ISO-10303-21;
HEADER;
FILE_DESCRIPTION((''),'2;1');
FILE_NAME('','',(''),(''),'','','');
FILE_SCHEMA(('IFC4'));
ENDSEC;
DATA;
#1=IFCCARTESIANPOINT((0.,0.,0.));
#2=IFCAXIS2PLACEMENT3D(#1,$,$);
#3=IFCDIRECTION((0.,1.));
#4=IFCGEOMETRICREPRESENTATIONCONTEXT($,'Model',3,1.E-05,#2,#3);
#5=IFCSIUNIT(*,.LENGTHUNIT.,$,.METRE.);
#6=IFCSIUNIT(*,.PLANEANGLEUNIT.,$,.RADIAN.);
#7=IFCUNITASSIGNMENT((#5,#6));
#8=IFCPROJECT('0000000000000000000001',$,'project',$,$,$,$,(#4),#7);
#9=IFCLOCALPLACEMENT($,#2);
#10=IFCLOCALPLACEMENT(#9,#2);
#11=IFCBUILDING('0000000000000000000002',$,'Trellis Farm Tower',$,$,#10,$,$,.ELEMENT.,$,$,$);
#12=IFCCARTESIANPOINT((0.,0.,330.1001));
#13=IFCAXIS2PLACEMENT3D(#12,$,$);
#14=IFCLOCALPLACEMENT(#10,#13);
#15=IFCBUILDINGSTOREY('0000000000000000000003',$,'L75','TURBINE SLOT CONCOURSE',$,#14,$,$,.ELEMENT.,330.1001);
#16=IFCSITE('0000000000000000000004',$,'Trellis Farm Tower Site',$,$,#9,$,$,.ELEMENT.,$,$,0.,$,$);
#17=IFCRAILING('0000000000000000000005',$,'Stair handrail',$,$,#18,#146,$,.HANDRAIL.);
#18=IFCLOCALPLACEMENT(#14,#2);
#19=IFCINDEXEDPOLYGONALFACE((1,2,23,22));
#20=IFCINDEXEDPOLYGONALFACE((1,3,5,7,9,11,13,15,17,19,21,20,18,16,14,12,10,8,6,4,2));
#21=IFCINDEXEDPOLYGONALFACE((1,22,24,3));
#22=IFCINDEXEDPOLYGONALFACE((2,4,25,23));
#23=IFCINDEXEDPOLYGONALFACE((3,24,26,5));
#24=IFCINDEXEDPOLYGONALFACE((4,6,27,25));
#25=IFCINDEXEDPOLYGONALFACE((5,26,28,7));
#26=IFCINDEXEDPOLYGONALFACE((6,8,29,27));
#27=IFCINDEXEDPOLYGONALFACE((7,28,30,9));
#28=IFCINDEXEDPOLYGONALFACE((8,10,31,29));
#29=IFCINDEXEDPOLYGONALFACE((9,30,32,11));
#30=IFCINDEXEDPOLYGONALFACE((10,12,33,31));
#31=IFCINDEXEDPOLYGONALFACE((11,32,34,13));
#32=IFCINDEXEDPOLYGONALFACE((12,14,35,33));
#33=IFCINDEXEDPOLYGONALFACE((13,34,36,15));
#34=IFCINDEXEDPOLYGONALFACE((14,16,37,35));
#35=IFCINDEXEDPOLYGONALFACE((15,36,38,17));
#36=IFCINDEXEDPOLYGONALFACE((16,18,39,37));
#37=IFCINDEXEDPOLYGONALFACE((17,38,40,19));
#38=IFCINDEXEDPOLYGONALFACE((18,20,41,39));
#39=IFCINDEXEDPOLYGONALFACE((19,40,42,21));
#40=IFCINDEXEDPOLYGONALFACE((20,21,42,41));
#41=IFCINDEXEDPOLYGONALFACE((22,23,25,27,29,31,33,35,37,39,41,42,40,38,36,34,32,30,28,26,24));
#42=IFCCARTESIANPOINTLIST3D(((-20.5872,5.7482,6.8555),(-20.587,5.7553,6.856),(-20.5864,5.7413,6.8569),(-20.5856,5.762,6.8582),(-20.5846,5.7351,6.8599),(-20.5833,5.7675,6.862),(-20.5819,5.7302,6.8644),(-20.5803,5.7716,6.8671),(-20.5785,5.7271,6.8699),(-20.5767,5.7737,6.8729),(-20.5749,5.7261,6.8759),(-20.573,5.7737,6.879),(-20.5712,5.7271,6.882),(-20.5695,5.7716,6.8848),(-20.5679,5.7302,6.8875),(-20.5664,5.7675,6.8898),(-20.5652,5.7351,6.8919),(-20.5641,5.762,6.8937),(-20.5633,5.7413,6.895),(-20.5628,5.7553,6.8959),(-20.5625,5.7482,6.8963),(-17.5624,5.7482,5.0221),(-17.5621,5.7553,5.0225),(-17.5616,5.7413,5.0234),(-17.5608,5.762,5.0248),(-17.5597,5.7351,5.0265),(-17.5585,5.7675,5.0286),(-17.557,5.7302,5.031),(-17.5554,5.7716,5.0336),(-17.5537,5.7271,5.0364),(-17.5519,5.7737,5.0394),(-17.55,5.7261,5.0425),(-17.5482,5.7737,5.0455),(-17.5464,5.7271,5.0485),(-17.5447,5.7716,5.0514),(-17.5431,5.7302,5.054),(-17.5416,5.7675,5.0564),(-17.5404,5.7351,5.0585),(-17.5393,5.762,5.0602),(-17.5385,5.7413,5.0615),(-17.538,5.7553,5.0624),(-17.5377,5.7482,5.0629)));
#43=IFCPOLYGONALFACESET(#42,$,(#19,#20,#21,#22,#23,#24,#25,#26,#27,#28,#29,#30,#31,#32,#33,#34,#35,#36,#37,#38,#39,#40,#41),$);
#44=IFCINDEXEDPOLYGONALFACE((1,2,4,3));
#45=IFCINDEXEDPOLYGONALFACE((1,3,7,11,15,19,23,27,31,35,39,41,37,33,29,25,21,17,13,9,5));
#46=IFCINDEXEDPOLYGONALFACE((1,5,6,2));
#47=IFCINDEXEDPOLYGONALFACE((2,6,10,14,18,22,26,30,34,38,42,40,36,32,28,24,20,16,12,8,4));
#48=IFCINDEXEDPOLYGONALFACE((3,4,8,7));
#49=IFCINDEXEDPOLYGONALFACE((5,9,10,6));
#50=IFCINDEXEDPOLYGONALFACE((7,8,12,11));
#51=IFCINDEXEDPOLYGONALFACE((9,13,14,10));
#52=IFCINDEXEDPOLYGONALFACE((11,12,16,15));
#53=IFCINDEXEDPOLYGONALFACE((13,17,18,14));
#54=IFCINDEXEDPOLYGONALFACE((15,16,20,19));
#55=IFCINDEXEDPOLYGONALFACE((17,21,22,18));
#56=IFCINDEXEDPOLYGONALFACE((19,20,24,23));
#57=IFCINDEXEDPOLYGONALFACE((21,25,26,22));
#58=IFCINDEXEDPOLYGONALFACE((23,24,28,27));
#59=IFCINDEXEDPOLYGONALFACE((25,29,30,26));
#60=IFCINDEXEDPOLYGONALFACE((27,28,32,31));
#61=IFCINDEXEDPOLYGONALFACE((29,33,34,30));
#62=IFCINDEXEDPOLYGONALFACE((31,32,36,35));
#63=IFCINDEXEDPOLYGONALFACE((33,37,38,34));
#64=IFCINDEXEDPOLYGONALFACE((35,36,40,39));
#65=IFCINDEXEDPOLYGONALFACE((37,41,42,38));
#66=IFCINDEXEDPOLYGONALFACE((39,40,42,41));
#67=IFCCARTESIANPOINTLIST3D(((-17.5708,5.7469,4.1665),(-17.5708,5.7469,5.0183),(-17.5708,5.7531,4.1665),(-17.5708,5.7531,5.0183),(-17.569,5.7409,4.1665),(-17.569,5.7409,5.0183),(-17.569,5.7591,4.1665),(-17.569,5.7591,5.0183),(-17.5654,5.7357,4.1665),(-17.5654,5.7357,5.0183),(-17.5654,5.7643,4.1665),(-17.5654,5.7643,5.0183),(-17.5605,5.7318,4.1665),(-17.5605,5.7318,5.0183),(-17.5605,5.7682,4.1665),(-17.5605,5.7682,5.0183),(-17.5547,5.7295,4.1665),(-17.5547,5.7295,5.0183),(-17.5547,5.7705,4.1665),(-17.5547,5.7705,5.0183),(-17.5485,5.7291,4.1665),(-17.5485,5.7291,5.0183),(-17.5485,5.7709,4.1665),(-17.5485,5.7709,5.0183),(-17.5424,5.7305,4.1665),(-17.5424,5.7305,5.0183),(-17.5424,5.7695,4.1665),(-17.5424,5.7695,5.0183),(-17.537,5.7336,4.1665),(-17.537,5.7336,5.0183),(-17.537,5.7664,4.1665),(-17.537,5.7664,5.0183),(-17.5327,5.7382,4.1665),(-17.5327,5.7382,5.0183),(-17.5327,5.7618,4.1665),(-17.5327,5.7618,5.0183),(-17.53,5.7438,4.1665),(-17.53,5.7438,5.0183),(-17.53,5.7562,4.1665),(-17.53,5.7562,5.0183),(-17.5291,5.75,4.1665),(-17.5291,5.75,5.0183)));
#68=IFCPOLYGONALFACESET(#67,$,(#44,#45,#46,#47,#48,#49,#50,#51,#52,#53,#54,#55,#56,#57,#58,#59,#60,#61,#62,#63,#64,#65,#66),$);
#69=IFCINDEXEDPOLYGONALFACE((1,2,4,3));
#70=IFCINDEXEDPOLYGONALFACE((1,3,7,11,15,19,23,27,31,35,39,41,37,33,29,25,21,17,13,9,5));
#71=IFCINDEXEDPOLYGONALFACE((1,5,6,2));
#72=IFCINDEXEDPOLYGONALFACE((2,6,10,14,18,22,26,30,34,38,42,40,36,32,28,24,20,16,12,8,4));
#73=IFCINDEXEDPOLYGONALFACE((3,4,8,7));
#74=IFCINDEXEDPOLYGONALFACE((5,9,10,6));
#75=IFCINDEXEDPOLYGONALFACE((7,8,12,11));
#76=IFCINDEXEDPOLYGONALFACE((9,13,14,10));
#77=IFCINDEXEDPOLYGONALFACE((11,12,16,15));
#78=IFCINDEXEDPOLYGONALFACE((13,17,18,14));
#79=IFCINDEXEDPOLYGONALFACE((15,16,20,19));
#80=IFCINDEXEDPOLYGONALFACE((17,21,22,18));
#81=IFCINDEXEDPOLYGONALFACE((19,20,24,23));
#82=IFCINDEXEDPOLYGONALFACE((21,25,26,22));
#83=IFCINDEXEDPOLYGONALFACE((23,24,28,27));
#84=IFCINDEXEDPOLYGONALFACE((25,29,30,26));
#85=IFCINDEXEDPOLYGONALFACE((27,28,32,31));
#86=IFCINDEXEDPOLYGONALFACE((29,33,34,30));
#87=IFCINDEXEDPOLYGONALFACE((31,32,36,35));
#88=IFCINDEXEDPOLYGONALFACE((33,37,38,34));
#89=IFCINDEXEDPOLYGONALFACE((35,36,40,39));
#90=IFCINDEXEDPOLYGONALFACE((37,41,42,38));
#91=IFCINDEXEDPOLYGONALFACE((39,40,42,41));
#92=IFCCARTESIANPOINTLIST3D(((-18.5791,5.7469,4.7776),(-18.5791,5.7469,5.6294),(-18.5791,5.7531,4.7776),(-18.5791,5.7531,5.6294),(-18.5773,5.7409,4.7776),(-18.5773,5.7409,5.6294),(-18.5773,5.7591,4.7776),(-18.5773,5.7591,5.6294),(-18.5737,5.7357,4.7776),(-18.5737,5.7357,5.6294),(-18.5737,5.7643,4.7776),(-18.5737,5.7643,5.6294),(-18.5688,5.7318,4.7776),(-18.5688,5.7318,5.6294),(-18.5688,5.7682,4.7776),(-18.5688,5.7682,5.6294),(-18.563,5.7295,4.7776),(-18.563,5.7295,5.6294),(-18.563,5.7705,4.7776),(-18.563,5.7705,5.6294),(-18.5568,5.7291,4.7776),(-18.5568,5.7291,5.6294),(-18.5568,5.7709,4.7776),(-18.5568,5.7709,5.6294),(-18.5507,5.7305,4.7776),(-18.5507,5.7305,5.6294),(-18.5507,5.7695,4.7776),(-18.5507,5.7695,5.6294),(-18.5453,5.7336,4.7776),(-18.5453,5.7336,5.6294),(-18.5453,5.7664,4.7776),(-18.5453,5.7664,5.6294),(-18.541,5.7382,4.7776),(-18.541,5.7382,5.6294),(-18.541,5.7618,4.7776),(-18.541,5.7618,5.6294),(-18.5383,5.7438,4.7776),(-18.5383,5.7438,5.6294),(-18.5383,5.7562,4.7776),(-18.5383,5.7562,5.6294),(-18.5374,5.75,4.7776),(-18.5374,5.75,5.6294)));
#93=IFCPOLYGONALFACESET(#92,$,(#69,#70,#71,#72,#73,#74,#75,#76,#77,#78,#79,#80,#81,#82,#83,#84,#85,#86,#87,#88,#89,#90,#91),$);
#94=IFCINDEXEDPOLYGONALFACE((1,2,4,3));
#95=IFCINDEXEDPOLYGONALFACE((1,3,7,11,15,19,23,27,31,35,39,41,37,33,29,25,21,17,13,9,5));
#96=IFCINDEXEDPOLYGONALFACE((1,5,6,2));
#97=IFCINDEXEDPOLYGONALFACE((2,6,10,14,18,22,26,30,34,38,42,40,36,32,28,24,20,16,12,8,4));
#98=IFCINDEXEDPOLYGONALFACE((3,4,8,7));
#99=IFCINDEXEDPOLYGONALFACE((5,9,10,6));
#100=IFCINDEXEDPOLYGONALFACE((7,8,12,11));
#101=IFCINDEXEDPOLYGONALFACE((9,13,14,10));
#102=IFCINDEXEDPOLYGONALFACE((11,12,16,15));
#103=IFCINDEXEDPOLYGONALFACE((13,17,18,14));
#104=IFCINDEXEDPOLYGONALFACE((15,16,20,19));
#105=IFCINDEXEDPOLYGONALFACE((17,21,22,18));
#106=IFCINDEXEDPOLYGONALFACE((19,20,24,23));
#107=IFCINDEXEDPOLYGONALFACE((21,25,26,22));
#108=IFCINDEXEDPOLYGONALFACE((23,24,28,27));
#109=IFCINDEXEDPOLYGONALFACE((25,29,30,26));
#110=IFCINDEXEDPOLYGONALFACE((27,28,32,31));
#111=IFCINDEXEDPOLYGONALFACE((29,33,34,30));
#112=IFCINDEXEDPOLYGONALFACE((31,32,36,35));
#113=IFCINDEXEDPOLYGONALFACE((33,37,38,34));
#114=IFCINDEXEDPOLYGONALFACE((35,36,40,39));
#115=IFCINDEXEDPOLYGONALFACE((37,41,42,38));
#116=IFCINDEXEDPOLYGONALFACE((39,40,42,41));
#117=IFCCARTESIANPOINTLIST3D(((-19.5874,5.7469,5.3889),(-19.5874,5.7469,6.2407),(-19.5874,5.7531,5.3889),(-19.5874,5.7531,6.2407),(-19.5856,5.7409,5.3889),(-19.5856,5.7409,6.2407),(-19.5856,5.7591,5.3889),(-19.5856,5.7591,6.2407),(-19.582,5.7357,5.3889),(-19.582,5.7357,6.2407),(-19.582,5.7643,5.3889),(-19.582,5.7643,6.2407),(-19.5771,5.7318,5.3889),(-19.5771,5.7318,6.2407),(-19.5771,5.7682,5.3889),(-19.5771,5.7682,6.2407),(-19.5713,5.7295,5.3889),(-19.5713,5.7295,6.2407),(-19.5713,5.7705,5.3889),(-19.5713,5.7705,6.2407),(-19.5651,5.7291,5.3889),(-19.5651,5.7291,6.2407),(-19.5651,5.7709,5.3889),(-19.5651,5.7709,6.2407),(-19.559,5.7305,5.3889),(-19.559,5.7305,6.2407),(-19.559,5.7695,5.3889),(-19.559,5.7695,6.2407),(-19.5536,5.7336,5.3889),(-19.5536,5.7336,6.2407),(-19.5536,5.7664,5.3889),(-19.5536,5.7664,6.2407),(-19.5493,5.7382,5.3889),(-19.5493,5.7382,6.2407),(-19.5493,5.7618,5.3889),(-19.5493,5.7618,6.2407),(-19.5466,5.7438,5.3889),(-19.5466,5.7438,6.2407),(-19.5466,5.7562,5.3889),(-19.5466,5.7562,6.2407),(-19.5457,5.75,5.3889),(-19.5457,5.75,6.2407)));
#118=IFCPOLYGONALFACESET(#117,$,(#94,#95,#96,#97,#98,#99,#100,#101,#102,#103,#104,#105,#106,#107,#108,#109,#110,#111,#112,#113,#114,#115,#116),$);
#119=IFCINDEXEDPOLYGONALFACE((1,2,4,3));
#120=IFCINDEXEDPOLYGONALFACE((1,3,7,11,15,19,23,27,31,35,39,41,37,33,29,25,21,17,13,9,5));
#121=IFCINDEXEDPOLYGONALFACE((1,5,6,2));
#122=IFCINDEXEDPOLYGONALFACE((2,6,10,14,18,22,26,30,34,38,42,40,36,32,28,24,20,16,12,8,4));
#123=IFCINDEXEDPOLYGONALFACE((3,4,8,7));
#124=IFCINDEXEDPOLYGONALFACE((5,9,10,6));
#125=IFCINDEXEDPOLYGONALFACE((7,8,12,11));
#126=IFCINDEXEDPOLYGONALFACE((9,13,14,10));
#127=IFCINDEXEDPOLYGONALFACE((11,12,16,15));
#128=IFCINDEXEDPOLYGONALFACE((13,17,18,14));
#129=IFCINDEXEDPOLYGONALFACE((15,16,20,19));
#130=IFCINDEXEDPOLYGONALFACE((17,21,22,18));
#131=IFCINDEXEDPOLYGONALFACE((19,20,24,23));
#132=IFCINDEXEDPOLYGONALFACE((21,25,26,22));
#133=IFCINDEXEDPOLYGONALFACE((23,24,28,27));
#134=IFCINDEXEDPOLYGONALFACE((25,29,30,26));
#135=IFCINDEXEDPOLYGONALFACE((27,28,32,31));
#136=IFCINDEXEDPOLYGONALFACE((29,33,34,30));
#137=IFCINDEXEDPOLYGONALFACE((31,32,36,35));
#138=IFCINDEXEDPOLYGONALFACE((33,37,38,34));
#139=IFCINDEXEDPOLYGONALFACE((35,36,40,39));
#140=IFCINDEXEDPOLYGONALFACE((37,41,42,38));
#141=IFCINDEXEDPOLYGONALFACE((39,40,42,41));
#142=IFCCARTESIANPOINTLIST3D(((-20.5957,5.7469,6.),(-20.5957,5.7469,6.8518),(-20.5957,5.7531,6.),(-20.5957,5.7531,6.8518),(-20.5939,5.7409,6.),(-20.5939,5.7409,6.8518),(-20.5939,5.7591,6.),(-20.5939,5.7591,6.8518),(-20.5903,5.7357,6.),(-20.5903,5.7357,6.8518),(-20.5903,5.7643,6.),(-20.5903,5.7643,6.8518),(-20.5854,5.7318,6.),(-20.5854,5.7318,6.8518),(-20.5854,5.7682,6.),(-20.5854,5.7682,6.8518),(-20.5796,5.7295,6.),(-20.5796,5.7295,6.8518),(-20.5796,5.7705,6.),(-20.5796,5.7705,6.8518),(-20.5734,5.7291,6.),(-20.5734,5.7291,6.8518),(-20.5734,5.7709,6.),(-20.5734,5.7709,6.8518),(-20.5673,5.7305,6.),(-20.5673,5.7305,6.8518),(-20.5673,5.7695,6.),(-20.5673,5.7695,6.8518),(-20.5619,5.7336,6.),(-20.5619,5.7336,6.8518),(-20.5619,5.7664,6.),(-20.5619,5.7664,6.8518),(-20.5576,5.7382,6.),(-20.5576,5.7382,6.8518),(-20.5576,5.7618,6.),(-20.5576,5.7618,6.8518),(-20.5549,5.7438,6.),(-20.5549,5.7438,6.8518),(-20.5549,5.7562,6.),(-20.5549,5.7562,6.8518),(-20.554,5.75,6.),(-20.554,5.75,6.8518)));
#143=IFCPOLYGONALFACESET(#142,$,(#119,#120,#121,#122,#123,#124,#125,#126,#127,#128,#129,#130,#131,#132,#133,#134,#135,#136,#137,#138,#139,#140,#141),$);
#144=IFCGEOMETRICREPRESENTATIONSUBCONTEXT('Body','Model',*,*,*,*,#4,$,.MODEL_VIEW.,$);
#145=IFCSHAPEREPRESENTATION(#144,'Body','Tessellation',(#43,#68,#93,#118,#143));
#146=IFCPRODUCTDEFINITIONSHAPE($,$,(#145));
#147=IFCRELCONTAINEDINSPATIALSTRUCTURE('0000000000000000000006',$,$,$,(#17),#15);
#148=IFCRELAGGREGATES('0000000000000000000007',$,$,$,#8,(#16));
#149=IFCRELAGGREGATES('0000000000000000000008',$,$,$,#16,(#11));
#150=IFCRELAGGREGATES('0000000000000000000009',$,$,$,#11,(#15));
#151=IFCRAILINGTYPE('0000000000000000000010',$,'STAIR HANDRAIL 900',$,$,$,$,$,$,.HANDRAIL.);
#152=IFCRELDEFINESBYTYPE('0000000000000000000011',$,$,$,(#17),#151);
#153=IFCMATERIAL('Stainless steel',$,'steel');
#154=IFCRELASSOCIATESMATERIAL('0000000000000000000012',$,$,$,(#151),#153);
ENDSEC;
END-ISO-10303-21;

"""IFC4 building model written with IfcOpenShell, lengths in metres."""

from ifc_helpers import new_model, si_unit, direction, frame, origin, origin_2d, place, context, subcontext, project, spatial, circle, extrude, source, transform, mapped, material, type_object, element, save


model = new_model("IFC4")

# Units and contexts
model_context = context("Model", 3, precision=1e-05, world=origin(), true_north=direction((0.0, 1.0)))
body_context = subcontext(model_context, "Body", "Model", "MODEL_VIEW")
ifc_project = project(units=[si_unit("LENGTHUNIT", "METRE"), si_unit("PLANEANGLEUNIT", "RADIAN")], contexts=[model_context])

# Site, building, storey
site_placement = place(None, origin())
site = spatial("IfcSite", under=ifc_project, at=site_placement, Name="Trellis Farm Tower Site", CompositionType="ELEMENT", RefElevation=0.0)
building_placement = place(site_placement, origin())
building = spatial("IfcBuilding", under=site, at=building_placement, Name="Trellis Farm Tower", CompositionType="ELEMENT")
storey_placement = place(building_placement, frame((0.0, 0.0, 330.1001)))
storey = spatial("IfcBuildingStorey", under=building, at=storey_placement, Name="L75", Description="TURBINE SLOT CONCOURSE", CompositionType="ELEMENT", Elevation=330.1001)

# Railing
ifc_material_1 = material(Name="Stainless steel", Category="steel")
railing_type_1 = type_object("IfcRailingType", Name="STAIR HANDRAIL 900", PredefinedType="HANDRAIL", material=ifc_material_1)
shared_shape_1 = source(origin(), body_context, "Body", "SweptSolid", [
    extrude(circle(Radius=0.0239, at=origin_2d()), frame((0.0, 0.0, 0.876), z_axis=(-0.85517, 0.0, 0.518348), x_axis=(0.0, -1.0, 0.0)), (0.0, 0.0, 1.0), 3.5371),
    extrude(circle(Radius=0.021, at=origin_2d()), origin(), (0.0, 0.0, 1.0), 0.8518),
    extrude(circle(Radius=0.021, at=origin_2d()), frame((-1.0083, 0.0, 0.6111)), (0.0, 0.0, 1.0), 0.8518),
    extrude(circle(Radius=0.021, at=origin_2d()), frame((-2.0166, 0.0, 1.2224)), (0.0, 0.0, 1.0), 0.8518),
    extrude(circle(Radius=0.021, at=origin_2d()), frame((-3.0249, 0.0, 1.8335)), (0.0, 0.0, 1.0), 0.8518),
])
for number, where, name in (
    (1, (-17.55, 5.75, 4.1665), "Stair handrail"),
):
    element("IfcRailing", number, at=place(storey_placement, frame(where)), inside=storey, type_object=railing_type_1, Name=name, PredefinedType="HANDRAIL", context=body_context, shape_type="MappedRepresentation", body=[
        mapped(shared_shape_1, transform((0.0, 0.0, 0.0))),
    ])

save(model, "model.ifc")
